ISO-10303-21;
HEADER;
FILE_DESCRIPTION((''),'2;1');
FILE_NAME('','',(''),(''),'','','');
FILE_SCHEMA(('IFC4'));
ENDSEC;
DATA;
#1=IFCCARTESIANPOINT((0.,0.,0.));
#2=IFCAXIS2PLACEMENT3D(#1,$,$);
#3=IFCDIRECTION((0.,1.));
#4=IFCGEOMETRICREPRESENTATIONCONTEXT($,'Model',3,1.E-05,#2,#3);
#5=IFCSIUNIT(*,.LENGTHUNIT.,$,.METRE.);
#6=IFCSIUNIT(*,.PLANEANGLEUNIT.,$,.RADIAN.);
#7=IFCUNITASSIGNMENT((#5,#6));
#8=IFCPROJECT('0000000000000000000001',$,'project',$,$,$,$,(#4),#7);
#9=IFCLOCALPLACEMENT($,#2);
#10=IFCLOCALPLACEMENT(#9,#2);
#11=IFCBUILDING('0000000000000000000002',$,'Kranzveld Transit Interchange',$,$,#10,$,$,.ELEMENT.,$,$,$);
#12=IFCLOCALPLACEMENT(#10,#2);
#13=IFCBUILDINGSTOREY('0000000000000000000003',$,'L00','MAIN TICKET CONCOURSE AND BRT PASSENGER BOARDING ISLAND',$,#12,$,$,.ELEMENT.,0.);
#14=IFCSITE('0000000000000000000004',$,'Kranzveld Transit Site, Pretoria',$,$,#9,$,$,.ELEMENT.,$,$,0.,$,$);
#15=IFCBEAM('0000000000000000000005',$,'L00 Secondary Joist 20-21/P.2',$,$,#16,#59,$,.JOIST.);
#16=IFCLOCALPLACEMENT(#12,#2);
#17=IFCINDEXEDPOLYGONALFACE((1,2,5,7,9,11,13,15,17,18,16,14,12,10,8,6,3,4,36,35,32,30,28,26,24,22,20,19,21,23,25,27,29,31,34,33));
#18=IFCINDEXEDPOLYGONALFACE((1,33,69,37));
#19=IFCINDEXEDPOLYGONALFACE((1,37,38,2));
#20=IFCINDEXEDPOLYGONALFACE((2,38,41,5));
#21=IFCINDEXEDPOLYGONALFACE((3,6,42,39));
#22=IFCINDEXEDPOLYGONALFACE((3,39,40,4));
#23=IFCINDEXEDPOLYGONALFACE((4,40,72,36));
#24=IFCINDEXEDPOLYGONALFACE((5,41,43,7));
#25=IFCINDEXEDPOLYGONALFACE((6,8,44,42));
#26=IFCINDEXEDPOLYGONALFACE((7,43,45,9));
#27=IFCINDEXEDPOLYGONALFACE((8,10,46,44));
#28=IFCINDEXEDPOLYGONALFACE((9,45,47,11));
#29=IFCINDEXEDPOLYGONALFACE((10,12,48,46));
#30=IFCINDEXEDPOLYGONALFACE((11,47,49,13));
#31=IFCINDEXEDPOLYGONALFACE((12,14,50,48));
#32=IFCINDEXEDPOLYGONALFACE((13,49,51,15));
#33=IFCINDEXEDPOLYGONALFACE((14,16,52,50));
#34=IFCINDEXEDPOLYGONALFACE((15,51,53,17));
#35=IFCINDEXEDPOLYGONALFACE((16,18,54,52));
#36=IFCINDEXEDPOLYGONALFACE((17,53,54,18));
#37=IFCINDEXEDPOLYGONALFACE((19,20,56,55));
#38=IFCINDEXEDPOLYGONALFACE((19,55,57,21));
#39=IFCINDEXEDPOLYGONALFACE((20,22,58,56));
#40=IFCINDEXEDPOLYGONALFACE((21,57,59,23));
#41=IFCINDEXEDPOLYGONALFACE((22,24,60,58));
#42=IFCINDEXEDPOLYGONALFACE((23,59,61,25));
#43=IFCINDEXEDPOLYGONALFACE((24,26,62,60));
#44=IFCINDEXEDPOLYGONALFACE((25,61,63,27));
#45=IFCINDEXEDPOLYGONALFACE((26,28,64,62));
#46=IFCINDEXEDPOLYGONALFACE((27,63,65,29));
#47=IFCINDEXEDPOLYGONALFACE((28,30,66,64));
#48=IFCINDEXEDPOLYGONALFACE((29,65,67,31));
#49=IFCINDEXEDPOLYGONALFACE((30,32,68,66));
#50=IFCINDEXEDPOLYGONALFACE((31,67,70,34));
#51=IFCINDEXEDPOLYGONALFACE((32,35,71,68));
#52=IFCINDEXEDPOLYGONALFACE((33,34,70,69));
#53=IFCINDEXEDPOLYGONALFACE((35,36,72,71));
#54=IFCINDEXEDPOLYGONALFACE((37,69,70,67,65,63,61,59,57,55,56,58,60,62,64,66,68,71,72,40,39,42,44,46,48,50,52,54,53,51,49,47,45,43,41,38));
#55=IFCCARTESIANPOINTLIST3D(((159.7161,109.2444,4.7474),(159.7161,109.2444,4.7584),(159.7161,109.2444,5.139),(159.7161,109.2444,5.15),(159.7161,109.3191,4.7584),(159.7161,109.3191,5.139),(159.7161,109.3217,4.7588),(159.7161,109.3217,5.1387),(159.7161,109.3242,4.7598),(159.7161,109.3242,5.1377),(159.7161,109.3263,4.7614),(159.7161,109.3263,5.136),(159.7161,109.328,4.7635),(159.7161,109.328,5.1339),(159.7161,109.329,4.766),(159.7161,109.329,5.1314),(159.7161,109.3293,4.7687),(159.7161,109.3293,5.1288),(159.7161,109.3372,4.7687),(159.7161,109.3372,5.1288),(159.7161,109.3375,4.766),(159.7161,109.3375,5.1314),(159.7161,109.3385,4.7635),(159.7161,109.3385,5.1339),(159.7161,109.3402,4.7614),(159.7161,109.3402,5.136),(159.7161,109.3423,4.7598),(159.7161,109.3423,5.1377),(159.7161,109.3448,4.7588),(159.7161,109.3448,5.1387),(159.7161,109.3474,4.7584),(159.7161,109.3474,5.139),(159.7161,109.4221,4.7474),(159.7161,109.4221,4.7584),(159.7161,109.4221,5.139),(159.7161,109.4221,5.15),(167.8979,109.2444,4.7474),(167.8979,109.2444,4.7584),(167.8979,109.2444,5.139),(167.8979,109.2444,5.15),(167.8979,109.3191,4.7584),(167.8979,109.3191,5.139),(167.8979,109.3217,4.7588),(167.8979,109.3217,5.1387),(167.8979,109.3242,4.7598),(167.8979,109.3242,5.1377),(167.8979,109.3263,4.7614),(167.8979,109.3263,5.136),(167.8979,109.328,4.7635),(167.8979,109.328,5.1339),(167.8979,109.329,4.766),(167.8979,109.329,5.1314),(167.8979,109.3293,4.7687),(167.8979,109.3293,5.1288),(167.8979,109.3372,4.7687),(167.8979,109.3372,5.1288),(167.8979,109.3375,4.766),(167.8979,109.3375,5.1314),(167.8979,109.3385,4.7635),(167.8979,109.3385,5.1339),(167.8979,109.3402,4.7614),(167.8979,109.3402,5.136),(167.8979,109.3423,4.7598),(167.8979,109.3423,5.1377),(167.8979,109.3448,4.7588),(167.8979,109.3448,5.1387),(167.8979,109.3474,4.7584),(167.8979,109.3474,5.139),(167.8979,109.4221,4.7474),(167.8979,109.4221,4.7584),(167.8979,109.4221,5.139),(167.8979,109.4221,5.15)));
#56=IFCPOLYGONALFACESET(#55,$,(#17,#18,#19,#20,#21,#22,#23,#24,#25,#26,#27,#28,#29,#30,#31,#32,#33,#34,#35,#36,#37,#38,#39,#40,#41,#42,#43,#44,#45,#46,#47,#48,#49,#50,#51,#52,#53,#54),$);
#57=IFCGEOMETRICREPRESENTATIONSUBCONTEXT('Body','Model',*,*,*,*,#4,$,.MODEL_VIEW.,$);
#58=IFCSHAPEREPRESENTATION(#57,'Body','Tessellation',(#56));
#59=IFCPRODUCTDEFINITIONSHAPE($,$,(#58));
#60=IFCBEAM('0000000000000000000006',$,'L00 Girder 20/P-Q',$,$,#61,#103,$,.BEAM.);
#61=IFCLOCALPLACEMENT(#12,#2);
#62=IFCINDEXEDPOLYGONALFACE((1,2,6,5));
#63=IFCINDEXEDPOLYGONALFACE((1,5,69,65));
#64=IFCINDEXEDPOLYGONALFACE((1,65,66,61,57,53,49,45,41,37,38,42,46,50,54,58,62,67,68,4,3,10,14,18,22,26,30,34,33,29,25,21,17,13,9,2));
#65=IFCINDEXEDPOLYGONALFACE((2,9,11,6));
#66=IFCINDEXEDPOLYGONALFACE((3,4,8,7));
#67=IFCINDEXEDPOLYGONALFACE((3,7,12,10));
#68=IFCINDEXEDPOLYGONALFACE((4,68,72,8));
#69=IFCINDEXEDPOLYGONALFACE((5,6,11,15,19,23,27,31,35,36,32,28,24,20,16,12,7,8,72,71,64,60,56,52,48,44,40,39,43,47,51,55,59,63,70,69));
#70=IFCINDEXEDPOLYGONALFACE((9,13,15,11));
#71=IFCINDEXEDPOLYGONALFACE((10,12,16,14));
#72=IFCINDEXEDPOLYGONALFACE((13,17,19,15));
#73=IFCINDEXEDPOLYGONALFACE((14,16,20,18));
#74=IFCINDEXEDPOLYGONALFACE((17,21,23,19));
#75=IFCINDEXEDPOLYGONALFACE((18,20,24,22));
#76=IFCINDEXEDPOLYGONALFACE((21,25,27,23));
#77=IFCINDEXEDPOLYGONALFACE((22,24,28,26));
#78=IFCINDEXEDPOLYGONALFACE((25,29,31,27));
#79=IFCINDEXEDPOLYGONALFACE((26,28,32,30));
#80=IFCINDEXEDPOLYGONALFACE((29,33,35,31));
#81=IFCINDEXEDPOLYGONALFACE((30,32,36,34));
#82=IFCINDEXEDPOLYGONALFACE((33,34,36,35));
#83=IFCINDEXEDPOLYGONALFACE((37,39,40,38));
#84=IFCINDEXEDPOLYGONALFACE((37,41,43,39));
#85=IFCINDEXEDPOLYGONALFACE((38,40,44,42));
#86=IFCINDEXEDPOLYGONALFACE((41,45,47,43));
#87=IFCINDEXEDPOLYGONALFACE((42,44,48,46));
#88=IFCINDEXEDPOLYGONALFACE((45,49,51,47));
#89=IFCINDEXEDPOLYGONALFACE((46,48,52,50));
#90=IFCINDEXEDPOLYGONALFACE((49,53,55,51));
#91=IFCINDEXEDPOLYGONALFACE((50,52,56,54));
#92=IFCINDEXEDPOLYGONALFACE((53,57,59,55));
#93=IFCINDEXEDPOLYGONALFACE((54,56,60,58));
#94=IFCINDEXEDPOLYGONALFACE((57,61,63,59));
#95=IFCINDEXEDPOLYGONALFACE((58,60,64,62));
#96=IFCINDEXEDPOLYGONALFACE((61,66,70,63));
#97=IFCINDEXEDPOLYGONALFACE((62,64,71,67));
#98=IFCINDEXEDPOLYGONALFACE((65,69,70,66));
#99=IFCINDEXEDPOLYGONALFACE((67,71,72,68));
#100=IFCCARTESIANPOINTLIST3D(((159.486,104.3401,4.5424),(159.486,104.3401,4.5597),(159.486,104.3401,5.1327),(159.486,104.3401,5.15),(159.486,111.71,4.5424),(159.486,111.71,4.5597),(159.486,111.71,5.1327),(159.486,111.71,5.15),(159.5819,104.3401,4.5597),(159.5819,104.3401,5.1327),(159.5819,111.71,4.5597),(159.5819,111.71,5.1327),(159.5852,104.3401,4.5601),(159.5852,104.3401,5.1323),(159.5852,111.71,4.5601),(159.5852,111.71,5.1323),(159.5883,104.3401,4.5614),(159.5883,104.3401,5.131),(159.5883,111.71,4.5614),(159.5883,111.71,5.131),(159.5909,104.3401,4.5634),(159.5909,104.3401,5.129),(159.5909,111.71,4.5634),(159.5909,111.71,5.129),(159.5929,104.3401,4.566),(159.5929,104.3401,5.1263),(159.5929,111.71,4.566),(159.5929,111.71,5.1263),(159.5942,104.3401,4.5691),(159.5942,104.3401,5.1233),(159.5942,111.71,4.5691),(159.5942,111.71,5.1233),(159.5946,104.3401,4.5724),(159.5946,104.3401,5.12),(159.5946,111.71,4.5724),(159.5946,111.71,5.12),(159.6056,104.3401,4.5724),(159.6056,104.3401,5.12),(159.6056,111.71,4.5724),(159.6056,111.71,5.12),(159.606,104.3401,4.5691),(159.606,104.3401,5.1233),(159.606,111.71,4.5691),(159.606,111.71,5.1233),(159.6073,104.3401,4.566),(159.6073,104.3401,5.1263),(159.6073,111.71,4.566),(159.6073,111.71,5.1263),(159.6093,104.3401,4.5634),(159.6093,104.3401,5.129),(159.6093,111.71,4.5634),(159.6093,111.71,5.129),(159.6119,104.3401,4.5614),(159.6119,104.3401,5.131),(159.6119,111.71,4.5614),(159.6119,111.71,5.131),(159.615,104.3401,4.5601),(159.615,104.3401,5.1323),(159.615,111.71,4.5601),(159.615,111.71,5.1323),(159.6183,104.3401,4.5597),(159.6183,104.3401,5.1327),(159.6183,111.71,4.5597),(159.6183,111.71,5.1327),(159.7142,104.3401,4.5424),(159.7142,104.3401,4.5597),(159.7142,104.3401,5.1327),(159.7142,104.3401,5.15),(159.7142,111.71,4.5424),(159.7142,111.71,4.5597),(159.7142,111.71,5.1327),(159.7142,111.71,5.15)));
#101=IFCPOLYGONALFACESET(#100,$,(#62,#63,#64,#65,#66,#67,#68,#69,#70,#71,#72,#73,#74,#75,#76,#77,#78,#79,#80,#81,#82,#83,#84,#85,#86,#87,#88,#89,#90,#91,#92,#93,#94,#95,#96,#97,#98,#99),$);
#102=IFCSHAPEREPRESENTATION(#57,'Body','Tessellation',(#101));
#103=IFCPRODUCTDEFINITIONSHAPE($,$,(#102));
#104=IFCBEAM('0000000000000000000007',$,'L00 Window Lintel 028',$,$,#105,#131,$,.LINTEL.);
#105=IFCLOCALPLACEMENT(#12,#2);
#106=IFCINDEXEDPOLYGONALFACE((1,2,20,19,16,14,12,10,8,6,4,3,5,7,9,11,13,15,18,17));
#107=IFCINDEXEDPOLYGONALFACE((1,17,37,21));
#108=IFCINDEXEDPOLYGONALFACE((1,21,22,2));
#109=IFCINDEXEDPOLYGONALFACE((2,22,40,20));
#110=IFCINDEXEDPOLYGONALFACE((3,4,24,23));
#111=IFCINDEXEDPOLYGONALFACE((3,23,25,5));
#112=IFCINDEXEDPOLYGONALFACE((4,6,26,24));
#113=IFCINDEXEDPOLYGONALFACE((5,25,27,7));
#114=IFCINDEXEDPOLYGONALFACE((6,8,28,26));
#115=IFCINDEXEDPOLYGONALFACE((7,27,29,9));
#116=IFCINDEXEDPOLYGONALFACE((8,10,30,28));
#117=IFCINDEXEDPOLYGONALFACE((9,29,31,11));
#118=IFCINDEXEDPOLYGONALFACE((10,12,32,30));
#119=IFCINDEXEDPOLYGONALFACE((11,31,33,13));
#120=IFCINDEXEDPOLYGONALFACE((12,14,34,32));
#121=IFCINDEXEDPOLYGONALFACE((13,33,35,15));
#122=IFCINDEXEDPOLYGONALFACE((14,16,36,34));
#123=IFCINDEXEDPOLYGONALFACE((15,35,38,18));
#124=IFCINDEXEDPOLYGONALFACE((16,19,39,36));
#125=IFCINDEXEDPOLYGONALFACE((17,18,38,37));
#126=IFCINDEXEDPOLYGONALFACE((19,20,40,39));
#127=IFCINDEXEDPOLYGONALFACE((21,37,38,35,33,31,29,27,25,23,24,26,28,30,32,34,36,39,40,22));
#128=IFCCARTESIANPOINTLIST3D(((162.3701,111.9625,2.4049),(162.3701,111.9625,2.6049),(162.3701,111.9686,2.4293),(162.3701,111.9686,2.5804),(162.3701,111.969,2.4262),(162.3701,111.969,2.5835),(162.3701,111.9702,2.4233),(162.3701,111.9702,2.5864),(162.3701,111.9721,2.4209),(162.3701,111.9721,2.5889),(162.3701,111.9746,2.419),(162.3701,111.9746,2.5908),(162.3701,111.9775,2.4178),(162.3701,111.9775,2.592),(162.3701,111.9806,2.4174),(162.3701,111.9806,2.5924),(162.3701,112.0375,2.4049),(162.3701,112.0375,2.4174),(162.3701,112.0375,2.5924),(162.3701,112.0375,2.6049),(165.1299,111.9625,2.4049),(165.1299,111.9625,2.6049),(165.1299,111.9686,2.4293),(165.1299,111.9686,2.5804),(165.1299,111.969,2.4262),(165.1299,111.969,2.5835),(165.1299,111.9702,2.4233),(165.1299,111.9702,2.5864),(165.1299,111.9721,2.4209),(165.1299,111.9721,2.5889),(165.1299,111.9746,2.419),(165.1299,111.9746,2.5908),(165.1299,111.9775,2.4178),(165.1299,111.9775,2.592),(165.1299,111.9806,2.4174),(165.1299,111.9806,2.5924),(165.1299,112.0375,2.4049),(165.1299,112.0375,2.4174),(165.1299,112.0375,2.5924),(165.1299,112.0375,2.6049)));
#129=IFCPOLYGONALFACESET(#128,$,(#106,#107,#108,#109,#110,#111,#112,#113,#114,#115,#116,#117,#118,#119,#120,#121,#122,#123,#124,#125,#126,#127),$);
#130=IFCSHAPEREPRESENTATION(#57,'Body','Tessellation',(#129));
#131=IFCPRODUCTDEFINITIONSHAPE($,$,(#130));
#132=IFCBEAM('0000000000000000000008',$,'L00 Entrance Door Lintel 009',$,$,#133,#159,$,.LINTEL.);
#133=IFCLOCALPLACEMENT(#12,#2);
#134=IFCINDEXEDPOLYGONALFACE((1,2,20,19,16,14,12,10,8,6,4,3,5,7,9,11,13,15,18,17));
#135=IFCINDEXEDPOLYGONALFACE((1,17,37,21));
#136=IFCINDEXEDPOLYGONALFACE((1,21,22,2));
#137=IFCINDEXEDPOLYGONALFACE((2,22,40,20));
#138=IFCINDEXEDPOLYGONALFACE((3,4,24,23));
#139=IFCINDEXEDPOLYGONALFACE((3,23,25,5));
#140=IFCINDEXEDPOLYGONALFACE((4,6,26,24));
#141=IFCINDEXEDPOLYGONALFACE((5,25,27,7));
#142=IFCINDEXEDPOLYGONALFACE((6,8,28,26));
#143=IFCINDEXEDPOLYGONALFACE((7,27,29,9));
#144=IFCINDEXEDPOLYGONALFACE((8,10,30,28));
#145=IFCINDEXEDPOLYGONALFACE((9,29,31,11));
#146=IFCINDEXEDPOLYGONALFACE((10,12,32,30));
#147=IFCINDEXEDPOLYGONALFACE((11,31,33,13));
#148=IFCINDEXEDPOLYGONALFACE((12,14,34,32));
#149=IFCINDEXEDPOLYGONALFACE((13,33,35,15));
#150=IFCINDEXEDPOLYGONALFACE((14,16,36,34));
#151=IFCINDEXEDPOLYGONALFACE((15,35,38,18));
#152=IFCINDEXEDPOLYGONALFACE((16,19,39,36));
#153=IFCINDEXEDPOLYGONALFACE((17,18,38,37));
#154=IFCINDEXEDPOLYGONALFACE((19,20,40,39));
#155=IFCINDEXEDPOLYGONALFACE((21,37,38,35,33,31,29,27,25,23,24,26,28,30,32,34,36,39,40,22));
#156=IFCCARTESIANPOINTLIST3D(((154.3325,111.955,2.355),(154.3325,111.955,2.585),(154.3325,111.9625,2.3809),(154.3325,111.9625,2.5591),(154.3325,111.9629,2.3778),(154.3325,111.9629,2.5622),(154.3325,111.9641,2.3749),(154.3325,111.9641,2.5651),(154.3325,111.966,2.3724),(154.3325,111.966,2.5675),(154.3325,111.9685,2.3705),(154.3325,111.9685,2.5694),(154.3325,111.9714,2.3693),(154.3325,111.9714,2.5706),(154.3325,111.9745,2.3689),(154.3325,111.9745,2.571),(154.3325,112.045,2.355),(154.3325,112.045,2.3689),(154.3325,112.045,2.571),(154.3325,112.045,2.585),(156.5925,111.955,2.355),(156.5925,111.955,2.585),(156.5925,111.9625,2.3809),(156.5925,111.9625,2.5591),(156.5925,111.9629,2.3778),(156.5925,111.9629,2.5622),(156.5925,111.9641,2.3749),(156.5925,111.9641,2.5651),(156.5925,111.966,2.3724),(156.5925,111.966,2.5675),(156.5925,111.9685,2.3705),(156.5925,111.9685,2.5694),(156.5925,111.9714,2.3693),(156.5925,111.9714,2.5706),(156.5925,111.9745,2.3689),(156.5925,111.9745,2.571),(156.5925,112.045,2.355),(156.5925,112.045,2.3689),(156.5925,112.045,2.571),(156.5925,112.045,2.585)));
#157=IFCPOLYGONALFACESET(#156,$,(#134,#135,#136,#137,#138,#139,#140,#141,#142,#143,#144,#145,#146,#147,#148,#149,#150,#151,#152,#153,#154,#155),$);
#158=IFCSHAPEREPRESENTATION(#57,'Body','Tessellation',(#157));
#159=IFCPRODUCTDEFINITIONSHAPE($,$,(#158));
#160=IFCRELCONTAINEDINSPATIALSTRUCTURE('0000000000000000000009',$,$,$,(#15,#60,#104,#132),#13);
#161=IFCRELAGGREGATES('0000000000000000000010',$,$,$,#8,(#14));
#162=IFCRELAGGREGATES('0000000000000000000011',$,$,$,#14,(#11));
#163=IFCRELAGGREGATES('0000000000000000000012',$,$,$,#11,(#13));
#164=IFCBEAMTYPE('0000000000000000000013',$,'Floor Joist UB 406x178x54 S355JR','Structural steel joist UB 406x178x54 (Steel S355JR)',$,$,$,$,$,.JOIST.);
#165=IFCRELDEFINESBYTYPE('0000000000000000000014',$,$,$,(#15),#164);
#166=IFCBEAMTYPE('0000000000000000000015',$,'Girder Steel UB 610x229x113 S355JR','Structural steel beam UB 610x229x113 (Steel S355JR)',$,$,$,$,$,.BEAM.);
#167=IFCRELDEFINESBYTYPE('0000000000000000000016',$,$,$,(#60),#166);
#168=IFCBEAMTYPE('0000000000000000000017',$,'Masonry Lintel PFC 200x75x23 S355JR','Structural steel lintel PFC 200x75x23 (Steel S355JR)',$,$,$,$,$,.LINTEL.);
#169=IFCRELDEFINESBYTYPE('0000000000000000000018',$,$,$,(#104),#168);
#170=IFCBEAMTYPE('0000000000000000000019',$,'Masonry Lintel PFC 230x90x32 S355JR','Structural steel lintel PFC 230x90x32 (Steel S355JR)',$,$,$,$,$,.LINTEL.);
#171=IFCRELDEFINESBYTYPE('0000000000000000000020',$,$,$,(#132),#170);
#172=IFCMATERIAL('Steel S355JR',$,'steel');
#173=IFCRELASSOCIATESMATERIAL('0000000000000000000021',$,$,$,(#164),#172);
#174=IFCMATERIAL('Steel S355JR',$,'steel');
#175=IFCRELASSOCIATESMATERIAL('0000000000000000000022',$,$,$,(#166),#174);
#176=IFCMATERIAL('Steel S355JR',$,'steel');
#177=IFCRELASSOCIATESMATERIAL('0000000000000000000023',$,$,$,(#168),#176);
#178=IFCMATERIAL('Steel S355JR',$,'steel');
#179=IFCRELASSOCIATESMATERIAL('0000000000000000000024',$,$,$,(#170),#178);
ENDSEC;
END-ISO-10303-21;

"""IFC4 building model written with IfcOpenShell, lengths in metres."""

from ifc_helpers import new_model, si_unit, direction, frame, origin, origin_2d, place, context, subcontext, project, spatial, i_section, u_section, extrude, material, material_profile, profile_set, type_object, element, save


model = new_model("IFC4")

# Units and contexts
model_context = context("Model", 3, precision=1e-05, world=origin(), true_north=direction((0.0, 1.0)))
body_context = subcontext(model_context, "Body", "Model", "MODEL_VIEW")
ifc_project = project(units=[si_unit("LENGTHUNIT", "METRE"), si_unit("PLANEANGLEUNIT", "RADIAN")], contexts=[model_context])

# Site, building, storey
site_placement = place(None, origin())
site = spatial("IfcSite", under=ifc_project, at=site_placement, Name="Kranzveld Transit Site, Pretoria", CompositionType="ELEMENT", RefElevation=0.0)
building_placement = place(site_placement, origin())
building = spatial("IfcBuilding", under=site, at=building_placement, Name="Kranzveld Transit Interchange", CompositionType="ELEMENT")
storey_placement = place(building_placement, origin())
storey = spatial("IfcBuildingStorey", under=building, at=storey_placement, Name="L00", Description="MAIN TICKET CONCOURSE AND BRT PASSENGER BOARDING ISLAND", CompositionType="ELEMENT", Elevation=0.0)

# Beams
ifc_material_1 = material(Name="Steel S355JR", Category="steel")
ifc_material_profile_1 = material_profile(ifc_material_1, i_section(OverallWidth=0.1777, OverallDepth=0.4026, WebThickness=0.0078, FlangeThickness=0.011, FilletRadius=0.0103, at=origin_2d()), Name="UB 406x178x54")
ifc_profile_set_1 = profile_set([ifc_material_profile_1], Name="Steel S355JR")
beam_type_1 = type_object("IfcBeamType", Name="Floor Joist UB 406x178x54 S355JR", Description="Structural steel joist UB 406x178x54 (Steel S355JR)", PredefinedType="JOIST", material=ifc_profile_set_1)
for number, where, z_axis, x_axis, name in (
    (1, (159.7161, 109.3333, 4.9487), (1.0, 0.0, 0.0), (0.0, 1.0, 0.0), "L00 Secondary Joist 20-21/P.2"),
):
    element("IfcBeam", number, at=place(storey_placement, frame(where, z_axis=z_axis, x_axis=x_axis)), inside=storey, type_object=beam_type_1, Name=name, PredefinedType="JOIST", context=body_context, shape_type="SweptSolid", body=[
        extrude(i_section(OverallWidth=0.1777, OverallDepth=0.4026, WebThickness=0.0078, FlangeThickness=0.011, FilletRadius=0.0103, at=origin_2d()), origin(), (0.0, 0.0, 1.0), 8.1819),
    ])
ifc_material_2 = material(Name="Steel S355JR", Category="steel")
ifc_material_profile_2 = material_profile(ifc_material_2, i_section(OverallWidth=0.2283, OverallDepth=0.6077, WebThickness=0.011, FlangeThickness=0.0173, FilletRadius=0.0127, at=origin_2d()), Name="UB 610x229x113")
ifc_profile_set_2 = profile_set([ifc_material_profile_2], Name="Steel S355JR")
beam_type_2 = type_object("IfcBeamType", Name="Girder Steel UB 610x229x113 S355JR", Description="Structural steel beam UB 610x229x113 (Steel S355JR)", PredefinedType="BEAM", material=ifc_profile_set_2)
beam_1_placement = place(storey_placement, frame((159.6001, 104.3401, 4.8462), z_axis=(0.0, 1.0, 0.0), x_axis=(-1.0, 0.0, 0.0)))
element("IfcBeam", 2, at=beam_1_placement, inside=storey, type_object=beam_type_2, Name="L00 Girder 20/P-Q", PredefinedType="BEAM", context=body_context, shape_type="SweptSolid", body=[
    extrude(i_section(OverallWidth=0.2283, OverallDepth=0.6077, WebThickness=0.011, FlangeThickness=0.0173, FilletRadius=0.0127, at=origin_2d()), origin(), (0.0, 0.0, 1.0), 7.3699),
])
ifc_material_3 = material(Name="Steel S355JR", Category="steel")
ifc_material_profile_3 = material_profile(ifc_material_3, u_section(Depth=0.2, FlangeWidth=0.075, WebThickness=0.0061, FlangeThickness=0.0125, FilletRadius=0.012, at=origin_2d()), Name="PFC 200x75x23")
ifc_profile_set_3 = profile_set([ifc_material_profile_3], Name="Steel S355JR")
beam_type_3 = type_object("IfcBeamType", Name="Masonry Lintel PFC 200x75x23 S355JR", Description="Structural steel lintel PFC 200x75x23 (Steel S355JR)", PredefinedType="LINTEL", material=ifc_profile_set_3)
beam_2_placement = place(storey_placement, frame((162.3701, 112.0, 2.5049), z_axis=(1.0, 0.0, 0.0), x_axis=(0.0, 1.0, 0.0)))
element("IfcBeam", 3, at=beam_2_placement, inside=storey, type_object=beam_type_3, Name="L00 Window Lintel 028", PredefinedType="LINTEL", context=body_context, shape_type="SweptSolid", body=[
    extrude(u_section(Depth=0.2, FlangeWidth=0.075, WebThickness=0.0061, FlangeThickness=0.0125, FilletRadius=0.012, at=origin_2d()), origin(), (0.0, 0.0, 1.0), 2.7598),
])
ifc_material_4 = material(Name="Steel S355JR", Category="steel")
ifc_material_profile_4 = material_profile(ifc_material_4, u_section(Depth=0.23, FlangeWidth=0.0901, WebThickness=0.0076, FlangeThickness=0.0139, FilletRadius=0.012, at=origin_2d()), Name="PFC 230x90x32")
ifc_profile_set_4 = profile_set([ifc_material_profile_4], Name="Steel S355JR")
beam_type_4 = type_object("IfcBeamType", Name="Masonry Lintel PFC 230x90x32 S355JR", Description="Structural steel lintel PFC 230x90x32 (Steel S355JR)", PredefinedType="LINTEL", material=ifc_profile_set_4)
beam_3_placement = place(storey_placement, frame((154.3325, 112.0, 2.47), z_axis=(1.0, 0.0, 0.0), x_axis=(0.0, 1.0, 0.0)))
element("IfcBeam", 4, at=beam_3_placement, inside=storey, type_object=beam_type_4, Name="L00 Entrance Door Lintel 009", PredefinedType="LINTEL", context=body_context, shape_type="SweptSolid", body=[
    extrude(u_section(Depth=0.23, FlangeWidth=0.0901, WebThickness=0.0076, FlangeThickness=0.0139, FilletRadius=0.012, at=origin_2d()), origin(), (0.0, 0.0, 1.0), 2.26),
])

save(model, "model.ifc")
